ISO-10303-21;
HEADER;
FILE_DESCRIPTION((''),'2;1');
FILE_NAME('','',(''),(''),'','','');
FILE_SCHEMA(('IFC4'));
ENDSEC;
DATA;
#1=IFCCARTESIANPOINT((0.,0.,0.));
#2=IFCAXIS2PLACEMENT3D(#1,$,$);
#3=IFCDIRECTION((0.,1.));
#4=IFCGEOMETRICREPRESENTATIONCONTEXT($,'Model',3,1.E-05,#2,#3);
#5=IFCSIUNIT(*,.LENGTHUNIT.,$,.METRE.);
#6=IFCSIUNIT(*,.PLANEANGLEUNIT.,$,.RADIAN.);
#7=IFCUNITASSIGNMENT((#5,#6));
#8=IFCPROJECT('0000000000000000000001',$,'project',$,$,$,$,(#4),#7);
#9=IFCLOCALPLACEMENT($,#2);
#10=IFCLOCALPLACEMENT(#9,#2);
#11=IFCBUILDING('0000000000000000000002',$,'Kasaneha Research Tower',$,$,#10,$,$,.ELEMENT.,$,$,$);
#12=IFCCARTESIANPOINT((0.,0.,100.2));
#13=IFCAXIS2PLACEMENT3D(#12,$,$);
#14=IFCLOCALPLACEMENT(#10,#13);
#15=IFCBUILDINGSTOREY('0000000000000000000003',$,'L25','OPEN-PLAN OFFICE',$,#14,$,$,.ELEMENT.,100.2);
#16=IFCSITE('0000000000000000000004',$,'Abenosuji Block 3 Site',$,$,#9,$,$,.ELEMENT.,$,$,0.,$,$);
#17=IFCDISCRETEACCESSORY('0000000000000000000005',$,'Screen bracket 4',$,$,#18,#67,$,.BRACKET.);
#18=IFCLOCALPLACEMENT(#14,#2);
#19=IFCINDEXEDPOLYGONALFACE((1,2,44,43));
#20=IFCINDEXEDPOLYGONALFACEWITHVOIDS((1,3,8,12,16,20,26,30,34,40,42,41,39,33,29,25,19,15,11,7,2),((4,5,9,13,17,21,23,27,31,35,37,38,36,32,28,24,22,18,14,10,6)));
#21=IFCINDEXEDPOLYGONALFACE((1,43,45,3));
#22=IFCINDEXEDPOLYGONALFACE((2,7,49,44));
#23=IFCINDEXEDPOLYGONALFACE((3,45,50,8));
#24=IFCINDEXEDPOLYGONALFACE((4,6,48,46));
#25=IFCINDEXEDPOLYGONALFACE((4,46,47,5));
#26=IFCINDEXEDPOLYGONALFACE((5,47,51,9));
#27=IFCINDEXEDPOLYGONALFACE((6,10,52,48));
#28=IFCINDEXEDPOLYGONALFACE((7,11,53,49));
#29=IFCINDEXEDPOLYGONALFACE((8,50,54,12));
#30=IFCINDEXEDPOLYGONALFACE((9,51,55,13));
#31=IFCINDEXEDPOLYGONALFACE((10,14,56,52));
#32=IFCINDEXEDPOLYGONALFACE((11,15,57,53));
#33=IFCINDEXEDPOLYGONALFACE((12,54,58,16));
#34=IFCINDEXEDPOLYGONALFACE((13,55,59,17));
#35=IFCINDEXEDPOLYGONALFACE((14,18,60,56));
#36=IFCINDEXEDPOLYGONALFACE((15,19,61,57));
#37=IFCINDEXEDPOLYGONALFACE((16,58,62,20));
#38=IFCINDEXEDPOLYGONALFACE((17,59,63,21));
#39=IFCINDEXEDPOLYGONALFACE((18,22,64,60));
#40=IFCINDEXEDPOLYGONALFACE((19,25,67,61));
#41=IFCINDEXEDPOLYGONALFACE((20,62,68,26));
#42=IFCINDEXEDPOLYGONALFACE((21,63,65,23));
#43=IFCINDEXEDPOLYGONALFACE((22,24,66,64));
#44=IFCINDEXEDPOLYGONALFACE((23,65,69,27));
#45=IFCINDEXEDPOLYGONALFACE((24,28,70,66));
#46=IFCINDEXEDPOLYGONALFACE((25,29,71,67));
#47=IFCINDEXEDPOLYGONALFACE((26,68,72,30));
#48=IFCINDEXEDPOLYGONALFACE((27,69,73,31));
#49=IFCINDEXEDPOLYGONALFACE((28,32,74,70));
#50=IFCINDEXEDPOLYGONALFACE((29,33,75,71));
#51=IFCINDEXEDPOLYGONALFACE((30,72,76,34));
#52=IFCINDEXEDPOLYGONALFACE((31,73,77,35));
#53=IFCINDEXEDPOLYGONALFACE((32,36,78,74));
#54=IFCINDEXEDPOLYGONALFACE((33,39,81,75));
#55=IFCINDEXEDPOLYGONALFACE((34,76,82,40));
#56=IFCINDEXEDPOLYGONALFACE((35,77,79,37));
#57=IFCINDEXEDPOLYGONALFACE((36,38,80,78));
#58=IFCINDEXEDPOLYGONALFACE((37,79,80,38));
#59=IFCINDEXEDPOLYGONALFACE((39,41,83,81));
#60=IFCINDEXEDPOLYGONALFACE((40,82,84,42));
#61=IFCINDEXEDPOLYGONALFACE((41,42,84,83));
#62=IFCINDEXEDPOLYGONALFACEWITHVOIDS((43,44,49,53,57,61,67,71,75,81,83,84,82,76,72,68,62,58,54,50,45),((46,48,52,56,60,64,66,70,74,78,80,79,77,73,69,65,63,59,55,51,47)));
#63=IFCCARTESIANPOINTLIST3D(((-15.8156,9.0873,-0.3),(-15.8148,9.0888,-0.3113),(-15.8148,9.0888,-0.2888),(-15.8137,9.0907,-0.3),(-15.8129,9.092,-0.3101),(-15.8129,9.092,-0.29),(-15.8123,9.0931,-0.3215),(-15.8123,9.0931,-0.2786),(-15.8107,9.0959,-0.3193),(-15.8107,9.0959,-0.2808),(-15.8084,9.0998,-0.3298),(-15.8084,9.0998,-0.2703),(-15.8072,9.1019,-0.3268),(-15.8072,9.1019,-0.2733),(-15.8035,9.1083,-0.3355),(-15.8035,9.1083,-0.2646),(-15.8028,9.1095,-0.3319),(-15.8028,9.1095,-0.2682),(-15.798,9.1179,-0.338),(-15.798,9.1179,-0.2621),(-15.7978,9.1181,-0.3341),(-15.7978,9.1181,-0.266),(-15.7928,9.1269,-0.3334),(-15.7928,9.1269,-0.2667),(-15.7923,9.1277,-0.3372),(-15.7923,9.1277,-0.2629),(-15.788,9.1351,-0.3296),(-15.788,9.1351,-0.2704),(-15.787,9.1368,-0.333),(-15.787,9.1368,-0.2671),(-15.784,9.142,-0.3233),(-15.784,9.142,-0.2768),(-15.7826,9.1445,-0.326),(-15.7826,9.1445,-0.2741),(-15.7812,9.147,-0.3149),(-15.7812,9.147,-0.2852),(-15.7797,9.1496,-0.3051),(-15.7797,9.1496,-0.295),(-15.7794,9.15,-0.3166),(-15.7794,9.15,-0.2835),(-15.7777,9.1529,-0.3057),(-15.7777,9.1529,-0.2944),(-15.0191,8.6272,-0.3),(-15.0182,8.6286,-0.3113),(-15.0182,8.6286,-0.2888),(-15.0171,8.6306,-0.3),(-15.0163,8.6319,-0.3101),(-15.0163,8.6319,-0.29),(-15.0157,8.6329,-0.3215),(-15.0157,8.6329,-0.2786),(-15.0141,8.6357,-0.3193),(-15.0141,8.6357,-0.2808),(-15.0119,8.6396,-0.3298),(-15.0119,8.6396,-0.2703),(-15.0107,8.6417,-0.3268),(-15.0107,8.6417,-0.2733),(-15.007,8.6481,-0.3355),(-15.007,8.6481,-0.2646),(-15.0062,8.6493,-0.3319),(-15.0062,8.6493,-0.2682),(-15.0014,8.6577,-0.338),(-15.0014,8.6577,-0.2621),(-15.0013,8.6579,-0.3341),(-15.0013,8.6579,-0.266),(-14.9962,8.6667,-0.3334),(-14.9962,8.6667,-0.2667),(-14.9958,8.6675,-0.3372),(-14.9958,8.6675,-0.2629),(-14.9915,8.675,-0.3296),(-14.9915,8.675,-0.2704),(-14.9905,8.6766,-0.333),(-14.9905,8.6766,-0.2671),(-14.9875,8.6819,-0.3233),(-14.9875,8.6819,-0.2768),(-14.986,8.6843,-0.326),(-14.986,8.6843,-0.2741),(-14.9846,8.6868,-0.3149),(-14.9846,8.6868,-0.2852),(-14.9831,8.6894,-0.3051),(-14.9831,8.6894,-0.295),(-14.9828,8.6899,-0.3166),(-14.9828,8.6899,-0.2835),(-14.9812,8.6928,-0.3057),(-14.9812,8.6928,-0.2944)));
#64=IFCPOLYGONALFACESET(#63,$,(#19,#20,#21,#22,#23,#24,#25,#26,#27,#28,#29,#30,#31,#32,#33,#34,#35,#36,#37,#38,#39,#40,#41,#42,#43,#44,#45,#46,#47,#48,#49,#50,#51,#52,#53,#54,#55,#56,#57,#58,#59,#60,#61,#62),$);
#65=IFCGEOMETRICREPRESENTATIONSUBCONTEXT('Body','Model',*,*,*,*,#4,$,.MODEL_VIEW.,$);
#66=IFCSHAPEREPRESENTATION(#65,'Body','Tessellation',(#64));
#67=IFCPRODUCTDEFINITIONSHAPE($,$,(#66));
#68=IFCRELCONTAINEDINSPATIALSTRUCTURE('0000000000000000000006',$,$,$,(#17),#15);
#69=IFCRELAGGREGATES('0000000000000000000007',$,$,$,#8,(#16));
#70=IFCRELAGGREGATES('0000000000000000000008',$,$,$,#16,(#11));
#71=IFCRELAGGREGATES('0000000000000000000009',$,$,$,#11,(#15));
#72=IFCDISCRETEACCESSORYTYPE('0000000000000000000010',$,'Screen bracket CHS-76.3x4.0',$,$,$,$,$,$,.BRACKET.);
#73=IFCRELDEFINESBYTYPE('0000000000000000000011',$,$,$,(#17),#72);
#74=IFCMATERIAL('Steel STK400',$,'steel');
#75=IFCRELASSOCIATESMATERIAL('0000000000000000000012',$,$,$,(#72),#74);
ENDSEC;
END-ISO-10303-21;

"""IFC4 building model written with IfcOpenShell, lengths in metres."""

from ifc_helpers import new_model, si_unit, direction, frame, origin, origin_2d, place, context, subcontext, project, spatial, hollow_circle, extrude, material, material_profile, profile_set, type_object, element, save


model = new_model("IFC4")

# Units and contexts
model_context = context("Model", 3, precision=1e-05, world=origin(), true_north=direction((0.0, 1.0)))
body_context = subcontext(model_context, "Body", "Model", "MODEL_VIEW")
ifc_project = project(units=[si_unit("LENGTHUNIT", "METRE"), si_unit("PLANEANGLEUNIT", "RADIAN")], contexts=[model_context])

# Site, building, storey
site_placement = place(None, origin())
site = spatial("IfcSite", under=ifc_project, at=site_placement, Name="Abenosuji Block 3 Site", CompositionType="ELEMENT", RefElevation=0.0)
building_placement = place(site_placement, origin())
building = spatial("IfcBuilding", under=site, at=building_placement, Name="Kasaneha Research Tower", CompositionType="ELEMENT")
storey_placement = place(building_placement, frame((0.0, 0.0, 100.2)))
storey = spatial("IfcBuildingStorey", under=building, at=storey_placement, Name="L25", Description="OPEN-PLAN OFFICE", CompositionType="ELEMENT", Elevation=100.2)

# Discrete accessory
ifc_material_1 = material(Name="Steel STK400", Category="steel")
ifc_material_profile_1 = material_profile(ifc_material_1, hollow_circle(Radius=0.0381, WallThickness=0.0039, at=origin_2d()), Name="CHS-76.3x4.0")
ifc_profile_set_1 = profile_set([ifc_material_profile_1], Name="Steel STK400")
discrete_accessory_type = type_object("IfcDiscreteAccessoryType", Name="Screen bracket CHS-76.3x4.0", PredefinedType="BRACKET", material=ifc_profile_set_1)
for number, where, z_axis, x_axis, name in (
    (1, (-15.0, 8.6602, -0.3), (-0.865898, 0.50022, 0.0), (-0.50022, -0.865898, 0.0), "Screen bracket 4"),
):
    element("IfcDiscreteAccessory", number, at=place(storey_placement, frame(where, z_axis=z_axis, x_axis=x_axis)), inside=storey, type_object=discrete_accessory_type, Name=name, PredefinedType="BRACKET", context=body_context, shape_type="SweptSolid", body=[
        extrude(hollow_circle(Radius=0.0381, WallThickness=0.0039, at=origin_2d()), origin(), (0.0, 0.0, 1.0), 0.9199),
    ])

save(model, "model.ifc")
